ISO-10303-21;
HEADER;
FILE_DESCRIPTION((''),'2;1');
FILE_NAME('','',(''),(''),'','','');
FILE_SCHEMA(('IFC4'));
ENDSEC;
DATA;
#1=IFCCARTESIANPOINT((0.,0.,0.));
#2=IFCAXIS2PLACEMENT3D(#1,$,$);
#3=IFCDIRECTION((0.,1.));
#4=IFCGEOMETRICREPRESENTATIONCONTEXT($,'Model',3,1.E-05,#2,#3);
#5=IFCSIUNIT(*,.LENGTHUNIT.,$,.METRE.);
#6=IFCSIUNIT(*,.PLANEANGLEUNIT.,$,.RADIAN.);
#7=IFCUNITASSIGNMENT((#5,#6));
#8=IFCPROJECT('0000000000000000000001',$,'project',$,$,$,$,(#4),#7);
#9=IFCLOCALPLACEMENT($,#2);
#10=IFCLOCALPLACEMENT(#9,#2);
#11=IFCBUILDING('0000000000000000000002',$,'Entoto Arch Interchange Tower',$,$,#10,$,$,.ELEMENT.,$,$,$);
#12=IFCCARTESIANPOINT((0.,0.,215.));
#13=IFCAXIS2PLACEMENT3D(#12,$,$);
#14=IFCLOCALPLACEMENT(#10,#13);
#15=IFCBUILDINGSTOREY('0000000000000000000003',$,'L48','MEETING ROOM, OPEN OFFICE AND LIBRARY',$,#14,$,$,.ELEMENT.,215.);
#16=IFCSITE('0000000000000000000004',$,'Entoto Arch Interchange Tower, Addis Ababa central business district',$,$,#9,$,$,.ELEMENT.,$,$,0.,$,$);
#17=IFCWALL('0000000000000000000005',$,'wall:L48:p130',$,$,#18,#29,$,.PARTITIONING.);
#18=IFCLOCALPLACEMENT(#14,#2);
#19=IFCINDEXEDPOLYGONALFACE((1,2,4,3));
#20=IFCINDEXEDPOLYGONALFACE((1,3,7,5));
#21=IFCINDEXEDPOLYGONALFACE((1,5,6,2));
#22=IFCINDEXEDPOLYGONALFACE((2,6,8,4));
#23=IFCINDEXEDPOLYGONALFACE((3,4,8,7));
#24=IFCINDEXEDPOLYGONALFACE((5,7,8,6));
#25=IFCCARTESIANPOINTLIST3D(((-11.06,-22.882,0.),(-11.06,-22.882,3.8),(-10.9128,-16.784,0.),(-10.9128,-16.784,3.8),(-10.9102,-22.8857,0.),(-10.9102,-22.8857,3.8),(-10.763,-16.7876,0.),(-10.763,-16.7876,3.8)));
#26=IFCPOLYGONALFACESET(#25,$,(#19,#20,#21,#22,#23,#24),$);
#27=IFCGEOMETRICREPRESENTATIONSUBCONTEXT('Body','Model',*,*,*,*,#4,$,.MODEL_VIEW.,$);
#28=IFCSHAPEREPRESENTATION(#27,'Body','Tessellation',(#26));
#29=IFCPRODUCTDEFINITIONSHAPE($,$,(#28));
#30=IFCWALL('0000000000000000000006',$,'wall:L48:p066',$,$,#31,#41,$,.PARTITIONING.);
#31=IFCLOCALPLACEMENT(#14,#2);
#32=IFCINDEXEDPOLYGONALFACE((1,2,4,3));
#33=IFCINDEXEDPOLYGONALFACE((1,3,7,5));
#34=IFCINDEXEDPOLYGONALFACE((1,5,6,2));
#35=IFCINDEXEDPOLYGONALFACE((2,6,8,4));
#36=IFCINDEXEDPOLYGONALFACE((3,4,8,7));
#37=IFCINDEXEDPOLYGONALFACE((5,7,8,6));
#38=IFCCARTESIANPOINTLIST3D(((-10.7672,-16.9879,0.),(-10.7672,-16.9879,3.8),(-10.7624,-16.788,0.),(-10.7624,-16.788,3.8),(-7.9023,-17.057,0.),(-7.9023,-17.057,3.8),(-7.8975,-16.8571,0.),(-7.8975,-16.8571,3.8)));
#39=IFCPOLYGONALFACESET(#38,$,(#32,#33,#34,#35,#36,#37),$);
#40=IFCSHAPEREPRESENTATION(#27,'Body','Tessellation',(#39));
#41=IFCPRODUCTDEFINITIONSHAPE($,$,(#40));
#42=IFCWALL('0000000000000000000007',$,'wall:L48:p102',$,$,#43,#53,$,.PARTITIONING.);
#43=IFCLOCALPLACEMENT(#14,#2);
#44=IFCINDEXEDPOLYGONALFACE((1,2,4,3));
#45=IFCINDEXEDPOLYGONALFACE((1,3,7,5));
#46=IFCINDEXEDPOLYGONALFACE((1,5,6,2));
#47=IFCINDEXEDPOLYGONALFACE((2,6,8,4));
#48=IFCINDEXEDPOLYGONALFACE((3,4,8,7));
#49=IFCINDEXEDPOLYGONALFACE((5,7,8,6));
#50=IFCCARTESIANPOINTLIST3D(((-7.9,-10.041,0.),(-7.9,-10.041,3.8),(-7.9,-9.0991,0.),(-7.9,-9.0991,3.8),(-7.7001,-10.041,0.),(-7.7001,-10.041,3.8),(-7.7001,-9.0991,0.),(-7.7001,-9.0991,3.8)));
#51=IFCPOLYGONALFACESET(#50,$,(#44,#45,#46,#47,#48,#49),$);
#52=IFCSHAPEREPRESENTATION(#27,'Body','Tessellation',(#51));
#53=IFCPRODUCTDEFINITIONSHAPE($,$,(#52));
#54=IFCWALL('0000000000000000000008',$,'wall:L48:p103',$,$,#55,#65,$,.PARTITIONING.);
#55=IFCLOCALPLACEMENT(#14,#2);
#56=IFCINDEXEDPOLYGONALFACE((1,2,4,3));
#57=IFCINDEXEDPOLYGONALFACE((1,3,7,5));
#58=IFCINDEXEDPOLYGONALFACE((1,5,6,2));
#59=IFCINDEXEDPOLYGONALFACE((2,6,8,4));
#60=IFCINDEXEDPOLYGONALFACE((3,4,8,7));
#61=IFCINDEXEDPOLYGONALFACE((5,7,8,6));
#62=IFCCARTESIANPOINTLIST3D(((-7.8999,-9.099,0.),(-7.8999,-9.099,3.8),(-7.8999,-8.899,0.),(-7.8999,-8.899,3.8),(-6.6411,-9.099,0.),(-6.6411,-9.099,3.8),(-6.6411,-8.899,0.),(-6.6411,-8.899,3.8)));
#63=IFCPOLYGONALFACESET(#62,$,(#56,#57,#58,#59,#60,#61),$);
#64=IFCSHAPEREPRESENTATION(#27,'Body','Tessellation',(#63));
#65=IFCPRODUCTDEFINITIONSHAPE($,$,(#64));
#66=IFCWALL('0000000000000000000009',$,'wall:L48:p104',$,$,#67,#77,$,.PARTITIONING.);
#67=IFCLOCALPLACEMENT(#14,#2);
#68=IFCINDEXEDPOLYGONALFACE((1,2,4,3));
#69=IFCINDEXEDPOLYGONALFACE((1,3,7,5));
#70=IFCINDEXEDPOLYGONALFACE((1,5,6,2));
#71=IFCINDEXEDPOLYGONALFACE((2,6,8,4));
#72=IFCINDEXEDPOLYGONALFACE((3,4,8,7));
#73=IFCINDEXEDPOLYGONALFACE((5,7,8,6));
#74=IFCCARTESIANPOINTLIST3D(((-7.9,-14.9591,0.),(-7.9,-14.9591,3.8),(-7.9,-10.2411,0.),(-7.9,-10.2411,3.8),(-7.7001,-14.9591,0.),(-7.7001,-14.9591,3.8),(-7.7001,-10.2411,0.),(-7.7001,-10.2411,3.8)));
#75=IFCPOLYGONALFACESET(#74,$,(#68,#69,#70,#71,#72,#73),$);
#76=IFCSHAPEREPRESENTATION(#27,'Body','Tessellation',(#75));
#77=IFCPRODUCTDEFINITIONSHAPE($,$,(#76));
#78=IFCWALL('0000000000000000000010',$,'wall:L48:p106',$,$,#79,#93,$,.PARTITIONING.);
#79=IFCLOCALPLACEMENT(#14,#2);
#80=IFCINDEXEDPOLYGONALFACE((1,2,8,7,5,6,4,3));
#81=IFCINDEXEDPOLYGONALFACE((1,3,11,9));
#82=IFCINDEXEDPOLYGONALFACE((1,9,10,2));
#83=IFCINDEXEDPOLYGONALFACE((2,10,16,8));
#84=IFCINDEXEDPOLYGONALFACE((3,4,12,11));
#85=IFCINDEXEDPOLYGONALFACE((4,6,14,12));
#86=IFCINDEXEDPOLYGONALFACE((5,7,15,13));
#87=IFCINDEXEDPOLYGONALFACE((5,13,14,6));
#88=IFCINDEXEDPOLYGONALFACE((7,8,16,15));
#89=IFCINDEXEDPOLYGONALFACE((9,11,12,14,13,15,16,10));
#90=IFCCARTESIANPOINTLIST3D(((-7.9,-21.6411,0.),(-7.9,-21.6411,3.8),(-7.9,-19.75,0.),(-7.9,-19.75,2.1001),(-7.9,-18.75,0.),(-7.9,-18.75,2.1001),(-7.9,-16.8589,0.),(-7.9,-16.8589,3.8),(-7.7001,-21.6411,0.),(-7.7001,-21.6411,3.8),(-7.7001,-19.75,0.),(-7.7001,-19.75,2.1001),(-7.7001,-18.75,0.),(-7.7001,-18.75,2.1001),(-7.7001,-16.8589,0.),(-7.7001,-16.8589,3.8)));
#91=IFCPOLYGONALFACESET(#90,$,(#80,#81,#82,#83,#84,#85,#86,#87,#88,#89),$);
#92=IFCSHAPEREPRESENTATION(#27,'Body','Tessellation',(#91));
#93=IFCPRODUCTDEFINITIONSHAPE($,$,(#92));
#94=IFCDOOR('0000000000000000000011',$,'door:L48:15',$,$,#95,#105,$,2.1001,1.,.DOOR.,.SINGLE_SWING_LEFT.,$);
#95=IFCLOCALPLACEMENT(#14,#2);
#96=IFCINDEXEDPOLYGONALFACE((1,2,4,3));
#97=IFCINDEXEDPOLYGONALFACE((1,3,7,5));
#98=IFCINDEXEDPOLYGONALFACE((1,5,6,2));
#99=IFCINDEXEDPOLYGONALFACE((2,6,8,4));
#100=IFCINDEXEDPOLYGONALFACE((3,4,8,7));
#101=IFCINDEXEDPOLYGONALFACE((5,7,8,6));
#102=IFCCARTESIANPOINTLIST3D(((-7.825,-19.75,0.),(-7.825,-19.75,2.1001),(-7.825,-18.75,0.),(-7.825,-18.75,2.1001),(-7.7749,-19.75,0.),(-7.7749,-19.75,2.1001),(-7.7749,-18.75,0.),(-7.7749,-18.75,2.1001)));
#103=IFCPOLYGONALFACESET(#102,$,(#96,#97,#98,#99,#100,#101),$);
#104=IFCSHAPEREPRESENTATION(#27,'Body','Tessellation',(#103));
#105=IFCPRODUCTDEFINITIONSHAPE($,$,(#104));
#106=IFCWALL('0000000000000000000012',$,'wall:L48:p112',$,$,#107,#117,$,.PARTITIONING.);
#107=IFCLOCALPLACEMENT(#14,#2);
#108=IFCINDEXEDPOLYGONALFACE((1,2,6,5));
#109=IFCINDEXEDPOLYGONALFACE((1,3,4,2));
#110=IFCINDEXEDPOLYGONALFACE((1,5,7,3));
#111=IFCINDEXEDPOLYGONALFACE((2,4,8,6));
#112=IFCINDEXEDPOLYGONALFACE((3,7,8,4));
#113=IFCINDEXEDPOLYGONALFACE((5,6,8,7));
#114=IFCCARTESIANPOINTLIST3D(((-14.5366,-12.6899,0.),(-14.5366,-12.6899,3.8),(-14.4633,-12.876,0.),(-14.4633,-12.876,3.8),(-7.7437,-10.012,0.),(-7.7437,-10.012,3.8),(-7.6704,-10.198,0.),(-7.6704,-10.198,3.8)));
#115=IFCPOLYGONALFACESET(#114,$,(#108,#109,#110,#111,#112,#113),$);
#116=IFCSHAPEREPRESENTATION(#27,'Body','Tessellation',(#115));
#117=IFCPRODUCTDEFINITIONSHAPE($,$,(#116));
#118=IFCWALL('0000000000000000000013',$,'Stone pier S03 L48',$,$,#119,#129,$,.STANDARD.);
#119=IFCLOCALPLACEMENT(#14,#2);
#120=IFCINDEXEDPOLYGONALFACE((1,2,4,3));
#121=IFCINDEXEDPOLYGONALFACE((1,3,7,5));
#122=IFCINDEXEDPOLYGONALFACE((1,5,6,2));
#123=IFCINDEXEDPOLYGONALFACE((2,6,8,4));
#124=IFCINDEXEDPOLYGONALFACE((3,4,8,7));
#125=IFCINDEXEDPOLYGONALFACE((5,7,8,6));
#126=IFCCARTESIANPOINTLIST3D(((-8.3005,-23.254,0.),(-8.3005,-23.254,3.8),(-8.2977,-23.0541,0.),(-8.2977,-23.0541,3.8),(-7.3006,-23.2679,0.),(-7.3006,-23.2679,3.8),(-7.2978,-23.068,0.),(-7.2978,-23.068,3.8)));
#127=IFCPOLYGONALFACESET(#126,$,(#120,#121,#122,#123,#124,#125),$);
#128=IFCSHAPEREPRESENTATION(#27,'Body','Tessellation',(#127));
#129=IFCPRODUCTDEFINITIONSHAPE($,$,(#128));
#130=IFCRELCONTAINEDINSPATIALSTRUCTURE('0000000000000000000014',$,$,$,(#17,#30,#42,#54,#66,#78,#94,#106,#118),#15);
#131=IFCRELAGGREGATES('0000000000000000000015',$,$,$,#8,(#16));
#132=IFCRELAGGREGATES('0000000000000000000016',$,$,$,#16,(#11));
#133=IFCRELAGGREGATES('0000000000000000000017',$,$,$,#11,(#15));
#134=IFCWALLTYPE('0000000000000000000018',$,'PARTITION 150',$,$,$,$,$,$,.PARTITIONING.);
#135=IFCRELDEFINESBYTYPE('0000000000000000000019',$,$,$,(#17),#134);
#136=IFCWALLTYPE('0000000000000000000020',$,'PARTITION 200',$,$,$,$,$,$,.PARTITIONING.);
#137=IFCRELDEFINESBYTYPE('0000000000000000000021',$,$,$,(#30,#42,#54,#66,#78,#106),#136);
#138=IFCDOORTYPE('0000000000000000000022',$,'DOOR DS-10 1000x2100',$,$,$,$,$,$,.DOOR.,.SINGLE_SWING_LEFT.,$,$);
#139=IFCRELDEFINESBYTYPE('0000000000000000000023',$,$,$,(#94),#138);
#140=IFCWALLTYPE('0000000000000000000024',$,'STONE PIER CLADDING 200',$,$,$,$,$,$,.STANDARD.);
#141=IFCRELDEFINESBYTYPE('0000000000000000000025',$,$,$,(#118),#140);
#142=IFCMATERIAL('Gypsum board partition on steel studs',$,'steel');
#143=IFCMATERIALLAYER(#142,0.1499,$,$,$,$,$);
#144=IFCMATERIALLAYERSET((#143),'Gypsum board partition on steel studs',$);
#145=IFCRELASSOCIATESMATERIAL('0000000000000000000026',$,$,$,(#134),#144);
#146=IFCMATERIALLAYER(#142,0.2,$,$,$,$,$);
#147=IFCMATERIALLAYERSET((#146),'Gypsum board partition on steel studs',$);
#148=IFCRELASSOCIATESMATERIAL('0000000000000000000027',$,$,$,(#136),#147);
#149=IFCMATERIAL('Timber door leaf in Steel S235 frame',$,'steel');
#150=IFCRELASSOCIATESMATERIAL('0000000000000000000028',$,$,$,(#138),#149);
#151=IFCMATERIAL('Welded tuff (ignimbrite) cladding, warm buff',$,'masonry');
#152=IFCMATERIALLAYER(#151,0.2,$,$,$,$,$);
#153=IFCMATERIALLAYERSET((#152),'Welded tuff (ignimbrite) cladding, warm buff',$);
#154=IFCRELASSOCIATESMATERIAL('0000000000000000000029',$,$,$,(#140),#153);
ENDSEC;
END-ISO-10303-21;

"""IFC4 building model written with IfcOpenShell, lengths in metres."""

from ifc_helpers import new_model, si_unit, direction, frame, frame_2d, origin, place, context, subcontext, project, spatial, rectangle, extrude, material, layer, layer_set, type_object, element, fill, save


model = new_model("IFC4")

# Units and contexts
model_context = context("Model", 3, precision=1e-05, world=origin(), true_north=direction((0.0, 1.0)))
body_context = subcontext(model_context, "Body", "Model", "MODEL_VIEW")
ifc_project = project(units=[si_unit("LENGTHUNIT", "METRE"), si_unit("PLANEANGLEUNIT", "RADIAN")], contexts=[model_context])

# Site, building, storey
site_placement = place(None, origin())
site = spatial("IfcSite", under=ifc_project, at=site_placement, Name="Entoto Arch Interchange Tower, Addis Ababa central business district", CompositionType="ELEMENT", RefElevation=0.0)
building_placement = place(site_placement, origin())
building = spatial("IfcBuilding", under=site, at=building_placement, Name="Entoto Arch Interchange Tower", CompositionType="ELEMENT")
storey_placement = place(building_placement, frame((0.0, 0.0, 215.0)))
storey = spatial("IfcBuildingStorey", under=building, at=storey_placement, Name="L48", Description="MEETING ROOM, OPEN OFFICE AND LIBRARY", CompositionType="ELEMENT", Elevation=215.0)

# Walls
ifc_material_1 = material(Name="Gypsum board partition on steel studs", Category="steel")
ifc_layer_1 = layer(ifc_material_1, 0.1499)
ifc_layer_set_1 = layer_set([ifc_layer_1], Name="Gypsum board partition on steel studs")
wall_type_1 = type_object("IfcWallType", Name="PARTITION 150", PredefinedType="PARTITIONING", material=ifc_layer_set_1)
wall_1_placement = place(storey_placement, frame((-10.8379, -16.7859, 0.0), z_axis=(0.0, 0.0, 1.0), x_axis=(-0.024134, -0.999709, 0.0)))
element("IfcWall", 1, at=wall_1_placement, inside=storey, type_object=wall_type_1, Name="wall:L48:p130", PredefinedType="PARTITIONING", context=body_context, shape_type="SweptSolid", body=[
    extrude(rectangle(XDim=6.0999, YDim=0.1499, at=frame_2d((3.0498, 0.0))), origin(), (0.0, 0.0, 1.0), 3.8),
])
ifc_layer_2 = layer(ifc_material_1, 0.2)
ifc_layer_set_2 = layer_set([ifc_layer_2], Name="Gypsum board partition on steel studs")
wall_type_2 = type_object("IfcWallType", Name="PARTITION 200", PredefinedType="PARTITIONING", material=ifc_layer_set_2)
wall_2_placement = place(storey_placement, frame((-7.8999, -16.957, 0.0), z_axis=(0.0, 0.0, 1.0), x_axis=(-0.999709, 0.024109, 0.0)))
element("IfcWall", 2, at=wall_2_placement, inside=storey, type_object=wall_type_2, Name="wall:L48:p066", PredefinedType="PARTITIONING", context=body_context, shape_type="SweptSolid", body=[
    extrude(rectangle(XDim=2.8657, YDim=0.2, at=frame_2d((1.4329, 0.0))), origin(), (0.0, 0.0, 1.0), 3.8),
])
wall_3_placement = place(storey_placement, frame((-7.8, -10.041, 0.0), z_axis=(0.0, 0.0, 1.0), x_axis=(0.0, 1.0, 0.0)))
element("IfcWall", 3, at=wall_3_placement, inside=storey, type_object=wall_type_2, Name="wall:L48:p102", PredefinedType="PARTITIONING", context=body_context, shape_type="SweptSolid", body=[
    extrude(rectangle(XDim=0.9419, YDim=0.2, at=frame_2d((0.4709, 0.0))), origin(), (0.0, 0.0, 1.0), 3.8),
])
wall_4_placement = place(storey_placement, frame((-7.8999, -8.999, 0.0), z_axis=(0.0, 0.0, 1.0), x_axis=(1.0, 0.0, 0.0)))
element("IfcWall", 4, at=wall_4_placement, inside=storey, type_object=wall_type_2, Name="wall:L48:p103", PredefinedType="PARTITIONING", context=body_context, shape_type="SweptSolid", body=[
    extrude(rectangle(XDim=1.2588, YDim=0.2, at=frame_2d((0.6294, 0.0))), origin(), (0.0, 0.0, 1.0), 3.8),
])
wall_5_placement = place(storey_placement, frame((-7.8, -14.959, 0.0), z_axis=(0.0, 0.0, 1.0), x_axis=(0.0, 1.0, 0.0)))
element("IfcWall", 5, at=wall_5_placement, inside=storey, type_object=wall_type_2, Name="wall:L48:p104", PredefinedType="PARTITIONING", context=body_context, shape_type="SweptSolid", body=[
    extrude(rectangle(XDim=4.718, YDim=0.2, at=frame_2d((2.3589, 0.0))), origin(), (0.0, 0.0, 1.0), 3.8),
])

# Wall, opening, door
wall_6_placement = place(storey_placement, frame((-7.8, -21.6411, 0.0), z_axis=(0.0, 0.0, 1.0), x_axis=(0.0, 1.0, 0.0)))
wall_6 = element("IfcWall", 6, at=wall_6_placement, inside=storey, type_object=wall_type_2, Name="wall:L48:p106", PredefinedType="PARTITIONING", context=body_context, shape_type="SweptSolid", body=[
    extrude(rectangle(XDim=4.7822, YDim=0.2, at=frame_2d((2.3911, 0.0))), origin(), (0.0, 0.0, 1.0), 3.8),
])
opening_placement = place(wall_6_placement, frame((1.8911, 0.0, 0.0)))
opening = element("IfcOpeningElement", 7, at=opening_placement, cuts=wall_6, PredefinedType="OPENING", context=body_context, shape_type="SweptSolid", body=[
    extrude(rectangle(XDim=1.0, YDim=2.1001, at=frame_2d((0.5, 1.05))), frame((0.0, 0.1099, 0.0), z_axis=(0.0, -1.0, 0.0), x_axis=(1.0, 0.0, 0.0)), (0.0, 0.0, 1.0), 0.22),
])
ifc_material_2 = material(Name="Timber door leaf in Steel S235 frame", Category="steel")
door_type = type_object("IfcDoorType", Name="DOOR DS-10 1000x2100", OperationType="SINGLE_SWING_LEFT", PredefinedType="DOOR", material=ifc_material_2)
door_placement = place(opening_placement, origin())
door = element("IfcDoor", 8, at=door_placement, inside=storey, type_object=door_type, Name="door:L48:15", OperationType="SINGLE_SWING_LEFT", OverallHeight=2.1001, OverallWidth=1.0, PredefinedType="DOOR", context=body_context, shape_type="SweptSolid", body=[
    extrude(rectangle(XDim=1.0, YDim=2.1001, at=frame_2d((0.5, 1.05))), frame((0.0, 0.0249, 0.0), z_axis=(0.0, -1.0, 0.0), x_axis=(1.0, 0.0, 0.0)), (0.0, 0.0, 1.0), 0.05),
])
fill(opening, door)

# Walls
wall_7_placement = place(storey_placement, frame((-7.707, -10.105, 0.0), z_axis=(0.0, 0.0, 1.0), x_axis=(-0.930317, -0.366757, 0.0)))
element("IfcWall", 9, at=wall_7_placement, inside=storey, type_object=wall_type_2, Name="wall:L48:p112", PredefinedType="PARTITIONING", context=body_context, shape_type="SweptSolid", body=[
    extrude(rectangle(XDim=7.3018, YDim=0.2, at=frame_2d((3.6509, 0.0))), origin(), (0.0, 0.0, 1.0), 3.8),
])
ifc_material_3 = material(Name="Welded tuff (ignimbrite) cladding, warm buff", Category="masonry")
ifc_layer_3 = layer(ifc_material_3, 0.2)
ifc_layer_set_3 = layer_set([ifc_layer_3], Name="Welded tuff (ignimbrite) cladding, warm buff")
wall_type_3 = type_object("IfcWallType", Name="STONE PIER CLADDING 200", PredefinedType="STANDARD", material=ifc_layer_set_3)
wall_8_placement = place(storey_placement, frame((-8.2991, -23.1541, 0.0), z_axis=(0.0, 0.0, 1.0), x_axis=(0.999903, -0.013915, 0.0)))
element("IfcWall", 10, at=wall_8_placement, inside=storey, type_object=wall_type_3, Name="Stone pier S03 L48", PredefinedType="STANDARD", context=body_context, shape_type="SweptSolid", body=[
    extrude(rectangle(XDim=1.0, YDim=0.2, at=frame_2d((0.5, 0.0))), origin(), (0.0, 0.0, 1.0), 3.8),
])

save(model, "model.ifc")
